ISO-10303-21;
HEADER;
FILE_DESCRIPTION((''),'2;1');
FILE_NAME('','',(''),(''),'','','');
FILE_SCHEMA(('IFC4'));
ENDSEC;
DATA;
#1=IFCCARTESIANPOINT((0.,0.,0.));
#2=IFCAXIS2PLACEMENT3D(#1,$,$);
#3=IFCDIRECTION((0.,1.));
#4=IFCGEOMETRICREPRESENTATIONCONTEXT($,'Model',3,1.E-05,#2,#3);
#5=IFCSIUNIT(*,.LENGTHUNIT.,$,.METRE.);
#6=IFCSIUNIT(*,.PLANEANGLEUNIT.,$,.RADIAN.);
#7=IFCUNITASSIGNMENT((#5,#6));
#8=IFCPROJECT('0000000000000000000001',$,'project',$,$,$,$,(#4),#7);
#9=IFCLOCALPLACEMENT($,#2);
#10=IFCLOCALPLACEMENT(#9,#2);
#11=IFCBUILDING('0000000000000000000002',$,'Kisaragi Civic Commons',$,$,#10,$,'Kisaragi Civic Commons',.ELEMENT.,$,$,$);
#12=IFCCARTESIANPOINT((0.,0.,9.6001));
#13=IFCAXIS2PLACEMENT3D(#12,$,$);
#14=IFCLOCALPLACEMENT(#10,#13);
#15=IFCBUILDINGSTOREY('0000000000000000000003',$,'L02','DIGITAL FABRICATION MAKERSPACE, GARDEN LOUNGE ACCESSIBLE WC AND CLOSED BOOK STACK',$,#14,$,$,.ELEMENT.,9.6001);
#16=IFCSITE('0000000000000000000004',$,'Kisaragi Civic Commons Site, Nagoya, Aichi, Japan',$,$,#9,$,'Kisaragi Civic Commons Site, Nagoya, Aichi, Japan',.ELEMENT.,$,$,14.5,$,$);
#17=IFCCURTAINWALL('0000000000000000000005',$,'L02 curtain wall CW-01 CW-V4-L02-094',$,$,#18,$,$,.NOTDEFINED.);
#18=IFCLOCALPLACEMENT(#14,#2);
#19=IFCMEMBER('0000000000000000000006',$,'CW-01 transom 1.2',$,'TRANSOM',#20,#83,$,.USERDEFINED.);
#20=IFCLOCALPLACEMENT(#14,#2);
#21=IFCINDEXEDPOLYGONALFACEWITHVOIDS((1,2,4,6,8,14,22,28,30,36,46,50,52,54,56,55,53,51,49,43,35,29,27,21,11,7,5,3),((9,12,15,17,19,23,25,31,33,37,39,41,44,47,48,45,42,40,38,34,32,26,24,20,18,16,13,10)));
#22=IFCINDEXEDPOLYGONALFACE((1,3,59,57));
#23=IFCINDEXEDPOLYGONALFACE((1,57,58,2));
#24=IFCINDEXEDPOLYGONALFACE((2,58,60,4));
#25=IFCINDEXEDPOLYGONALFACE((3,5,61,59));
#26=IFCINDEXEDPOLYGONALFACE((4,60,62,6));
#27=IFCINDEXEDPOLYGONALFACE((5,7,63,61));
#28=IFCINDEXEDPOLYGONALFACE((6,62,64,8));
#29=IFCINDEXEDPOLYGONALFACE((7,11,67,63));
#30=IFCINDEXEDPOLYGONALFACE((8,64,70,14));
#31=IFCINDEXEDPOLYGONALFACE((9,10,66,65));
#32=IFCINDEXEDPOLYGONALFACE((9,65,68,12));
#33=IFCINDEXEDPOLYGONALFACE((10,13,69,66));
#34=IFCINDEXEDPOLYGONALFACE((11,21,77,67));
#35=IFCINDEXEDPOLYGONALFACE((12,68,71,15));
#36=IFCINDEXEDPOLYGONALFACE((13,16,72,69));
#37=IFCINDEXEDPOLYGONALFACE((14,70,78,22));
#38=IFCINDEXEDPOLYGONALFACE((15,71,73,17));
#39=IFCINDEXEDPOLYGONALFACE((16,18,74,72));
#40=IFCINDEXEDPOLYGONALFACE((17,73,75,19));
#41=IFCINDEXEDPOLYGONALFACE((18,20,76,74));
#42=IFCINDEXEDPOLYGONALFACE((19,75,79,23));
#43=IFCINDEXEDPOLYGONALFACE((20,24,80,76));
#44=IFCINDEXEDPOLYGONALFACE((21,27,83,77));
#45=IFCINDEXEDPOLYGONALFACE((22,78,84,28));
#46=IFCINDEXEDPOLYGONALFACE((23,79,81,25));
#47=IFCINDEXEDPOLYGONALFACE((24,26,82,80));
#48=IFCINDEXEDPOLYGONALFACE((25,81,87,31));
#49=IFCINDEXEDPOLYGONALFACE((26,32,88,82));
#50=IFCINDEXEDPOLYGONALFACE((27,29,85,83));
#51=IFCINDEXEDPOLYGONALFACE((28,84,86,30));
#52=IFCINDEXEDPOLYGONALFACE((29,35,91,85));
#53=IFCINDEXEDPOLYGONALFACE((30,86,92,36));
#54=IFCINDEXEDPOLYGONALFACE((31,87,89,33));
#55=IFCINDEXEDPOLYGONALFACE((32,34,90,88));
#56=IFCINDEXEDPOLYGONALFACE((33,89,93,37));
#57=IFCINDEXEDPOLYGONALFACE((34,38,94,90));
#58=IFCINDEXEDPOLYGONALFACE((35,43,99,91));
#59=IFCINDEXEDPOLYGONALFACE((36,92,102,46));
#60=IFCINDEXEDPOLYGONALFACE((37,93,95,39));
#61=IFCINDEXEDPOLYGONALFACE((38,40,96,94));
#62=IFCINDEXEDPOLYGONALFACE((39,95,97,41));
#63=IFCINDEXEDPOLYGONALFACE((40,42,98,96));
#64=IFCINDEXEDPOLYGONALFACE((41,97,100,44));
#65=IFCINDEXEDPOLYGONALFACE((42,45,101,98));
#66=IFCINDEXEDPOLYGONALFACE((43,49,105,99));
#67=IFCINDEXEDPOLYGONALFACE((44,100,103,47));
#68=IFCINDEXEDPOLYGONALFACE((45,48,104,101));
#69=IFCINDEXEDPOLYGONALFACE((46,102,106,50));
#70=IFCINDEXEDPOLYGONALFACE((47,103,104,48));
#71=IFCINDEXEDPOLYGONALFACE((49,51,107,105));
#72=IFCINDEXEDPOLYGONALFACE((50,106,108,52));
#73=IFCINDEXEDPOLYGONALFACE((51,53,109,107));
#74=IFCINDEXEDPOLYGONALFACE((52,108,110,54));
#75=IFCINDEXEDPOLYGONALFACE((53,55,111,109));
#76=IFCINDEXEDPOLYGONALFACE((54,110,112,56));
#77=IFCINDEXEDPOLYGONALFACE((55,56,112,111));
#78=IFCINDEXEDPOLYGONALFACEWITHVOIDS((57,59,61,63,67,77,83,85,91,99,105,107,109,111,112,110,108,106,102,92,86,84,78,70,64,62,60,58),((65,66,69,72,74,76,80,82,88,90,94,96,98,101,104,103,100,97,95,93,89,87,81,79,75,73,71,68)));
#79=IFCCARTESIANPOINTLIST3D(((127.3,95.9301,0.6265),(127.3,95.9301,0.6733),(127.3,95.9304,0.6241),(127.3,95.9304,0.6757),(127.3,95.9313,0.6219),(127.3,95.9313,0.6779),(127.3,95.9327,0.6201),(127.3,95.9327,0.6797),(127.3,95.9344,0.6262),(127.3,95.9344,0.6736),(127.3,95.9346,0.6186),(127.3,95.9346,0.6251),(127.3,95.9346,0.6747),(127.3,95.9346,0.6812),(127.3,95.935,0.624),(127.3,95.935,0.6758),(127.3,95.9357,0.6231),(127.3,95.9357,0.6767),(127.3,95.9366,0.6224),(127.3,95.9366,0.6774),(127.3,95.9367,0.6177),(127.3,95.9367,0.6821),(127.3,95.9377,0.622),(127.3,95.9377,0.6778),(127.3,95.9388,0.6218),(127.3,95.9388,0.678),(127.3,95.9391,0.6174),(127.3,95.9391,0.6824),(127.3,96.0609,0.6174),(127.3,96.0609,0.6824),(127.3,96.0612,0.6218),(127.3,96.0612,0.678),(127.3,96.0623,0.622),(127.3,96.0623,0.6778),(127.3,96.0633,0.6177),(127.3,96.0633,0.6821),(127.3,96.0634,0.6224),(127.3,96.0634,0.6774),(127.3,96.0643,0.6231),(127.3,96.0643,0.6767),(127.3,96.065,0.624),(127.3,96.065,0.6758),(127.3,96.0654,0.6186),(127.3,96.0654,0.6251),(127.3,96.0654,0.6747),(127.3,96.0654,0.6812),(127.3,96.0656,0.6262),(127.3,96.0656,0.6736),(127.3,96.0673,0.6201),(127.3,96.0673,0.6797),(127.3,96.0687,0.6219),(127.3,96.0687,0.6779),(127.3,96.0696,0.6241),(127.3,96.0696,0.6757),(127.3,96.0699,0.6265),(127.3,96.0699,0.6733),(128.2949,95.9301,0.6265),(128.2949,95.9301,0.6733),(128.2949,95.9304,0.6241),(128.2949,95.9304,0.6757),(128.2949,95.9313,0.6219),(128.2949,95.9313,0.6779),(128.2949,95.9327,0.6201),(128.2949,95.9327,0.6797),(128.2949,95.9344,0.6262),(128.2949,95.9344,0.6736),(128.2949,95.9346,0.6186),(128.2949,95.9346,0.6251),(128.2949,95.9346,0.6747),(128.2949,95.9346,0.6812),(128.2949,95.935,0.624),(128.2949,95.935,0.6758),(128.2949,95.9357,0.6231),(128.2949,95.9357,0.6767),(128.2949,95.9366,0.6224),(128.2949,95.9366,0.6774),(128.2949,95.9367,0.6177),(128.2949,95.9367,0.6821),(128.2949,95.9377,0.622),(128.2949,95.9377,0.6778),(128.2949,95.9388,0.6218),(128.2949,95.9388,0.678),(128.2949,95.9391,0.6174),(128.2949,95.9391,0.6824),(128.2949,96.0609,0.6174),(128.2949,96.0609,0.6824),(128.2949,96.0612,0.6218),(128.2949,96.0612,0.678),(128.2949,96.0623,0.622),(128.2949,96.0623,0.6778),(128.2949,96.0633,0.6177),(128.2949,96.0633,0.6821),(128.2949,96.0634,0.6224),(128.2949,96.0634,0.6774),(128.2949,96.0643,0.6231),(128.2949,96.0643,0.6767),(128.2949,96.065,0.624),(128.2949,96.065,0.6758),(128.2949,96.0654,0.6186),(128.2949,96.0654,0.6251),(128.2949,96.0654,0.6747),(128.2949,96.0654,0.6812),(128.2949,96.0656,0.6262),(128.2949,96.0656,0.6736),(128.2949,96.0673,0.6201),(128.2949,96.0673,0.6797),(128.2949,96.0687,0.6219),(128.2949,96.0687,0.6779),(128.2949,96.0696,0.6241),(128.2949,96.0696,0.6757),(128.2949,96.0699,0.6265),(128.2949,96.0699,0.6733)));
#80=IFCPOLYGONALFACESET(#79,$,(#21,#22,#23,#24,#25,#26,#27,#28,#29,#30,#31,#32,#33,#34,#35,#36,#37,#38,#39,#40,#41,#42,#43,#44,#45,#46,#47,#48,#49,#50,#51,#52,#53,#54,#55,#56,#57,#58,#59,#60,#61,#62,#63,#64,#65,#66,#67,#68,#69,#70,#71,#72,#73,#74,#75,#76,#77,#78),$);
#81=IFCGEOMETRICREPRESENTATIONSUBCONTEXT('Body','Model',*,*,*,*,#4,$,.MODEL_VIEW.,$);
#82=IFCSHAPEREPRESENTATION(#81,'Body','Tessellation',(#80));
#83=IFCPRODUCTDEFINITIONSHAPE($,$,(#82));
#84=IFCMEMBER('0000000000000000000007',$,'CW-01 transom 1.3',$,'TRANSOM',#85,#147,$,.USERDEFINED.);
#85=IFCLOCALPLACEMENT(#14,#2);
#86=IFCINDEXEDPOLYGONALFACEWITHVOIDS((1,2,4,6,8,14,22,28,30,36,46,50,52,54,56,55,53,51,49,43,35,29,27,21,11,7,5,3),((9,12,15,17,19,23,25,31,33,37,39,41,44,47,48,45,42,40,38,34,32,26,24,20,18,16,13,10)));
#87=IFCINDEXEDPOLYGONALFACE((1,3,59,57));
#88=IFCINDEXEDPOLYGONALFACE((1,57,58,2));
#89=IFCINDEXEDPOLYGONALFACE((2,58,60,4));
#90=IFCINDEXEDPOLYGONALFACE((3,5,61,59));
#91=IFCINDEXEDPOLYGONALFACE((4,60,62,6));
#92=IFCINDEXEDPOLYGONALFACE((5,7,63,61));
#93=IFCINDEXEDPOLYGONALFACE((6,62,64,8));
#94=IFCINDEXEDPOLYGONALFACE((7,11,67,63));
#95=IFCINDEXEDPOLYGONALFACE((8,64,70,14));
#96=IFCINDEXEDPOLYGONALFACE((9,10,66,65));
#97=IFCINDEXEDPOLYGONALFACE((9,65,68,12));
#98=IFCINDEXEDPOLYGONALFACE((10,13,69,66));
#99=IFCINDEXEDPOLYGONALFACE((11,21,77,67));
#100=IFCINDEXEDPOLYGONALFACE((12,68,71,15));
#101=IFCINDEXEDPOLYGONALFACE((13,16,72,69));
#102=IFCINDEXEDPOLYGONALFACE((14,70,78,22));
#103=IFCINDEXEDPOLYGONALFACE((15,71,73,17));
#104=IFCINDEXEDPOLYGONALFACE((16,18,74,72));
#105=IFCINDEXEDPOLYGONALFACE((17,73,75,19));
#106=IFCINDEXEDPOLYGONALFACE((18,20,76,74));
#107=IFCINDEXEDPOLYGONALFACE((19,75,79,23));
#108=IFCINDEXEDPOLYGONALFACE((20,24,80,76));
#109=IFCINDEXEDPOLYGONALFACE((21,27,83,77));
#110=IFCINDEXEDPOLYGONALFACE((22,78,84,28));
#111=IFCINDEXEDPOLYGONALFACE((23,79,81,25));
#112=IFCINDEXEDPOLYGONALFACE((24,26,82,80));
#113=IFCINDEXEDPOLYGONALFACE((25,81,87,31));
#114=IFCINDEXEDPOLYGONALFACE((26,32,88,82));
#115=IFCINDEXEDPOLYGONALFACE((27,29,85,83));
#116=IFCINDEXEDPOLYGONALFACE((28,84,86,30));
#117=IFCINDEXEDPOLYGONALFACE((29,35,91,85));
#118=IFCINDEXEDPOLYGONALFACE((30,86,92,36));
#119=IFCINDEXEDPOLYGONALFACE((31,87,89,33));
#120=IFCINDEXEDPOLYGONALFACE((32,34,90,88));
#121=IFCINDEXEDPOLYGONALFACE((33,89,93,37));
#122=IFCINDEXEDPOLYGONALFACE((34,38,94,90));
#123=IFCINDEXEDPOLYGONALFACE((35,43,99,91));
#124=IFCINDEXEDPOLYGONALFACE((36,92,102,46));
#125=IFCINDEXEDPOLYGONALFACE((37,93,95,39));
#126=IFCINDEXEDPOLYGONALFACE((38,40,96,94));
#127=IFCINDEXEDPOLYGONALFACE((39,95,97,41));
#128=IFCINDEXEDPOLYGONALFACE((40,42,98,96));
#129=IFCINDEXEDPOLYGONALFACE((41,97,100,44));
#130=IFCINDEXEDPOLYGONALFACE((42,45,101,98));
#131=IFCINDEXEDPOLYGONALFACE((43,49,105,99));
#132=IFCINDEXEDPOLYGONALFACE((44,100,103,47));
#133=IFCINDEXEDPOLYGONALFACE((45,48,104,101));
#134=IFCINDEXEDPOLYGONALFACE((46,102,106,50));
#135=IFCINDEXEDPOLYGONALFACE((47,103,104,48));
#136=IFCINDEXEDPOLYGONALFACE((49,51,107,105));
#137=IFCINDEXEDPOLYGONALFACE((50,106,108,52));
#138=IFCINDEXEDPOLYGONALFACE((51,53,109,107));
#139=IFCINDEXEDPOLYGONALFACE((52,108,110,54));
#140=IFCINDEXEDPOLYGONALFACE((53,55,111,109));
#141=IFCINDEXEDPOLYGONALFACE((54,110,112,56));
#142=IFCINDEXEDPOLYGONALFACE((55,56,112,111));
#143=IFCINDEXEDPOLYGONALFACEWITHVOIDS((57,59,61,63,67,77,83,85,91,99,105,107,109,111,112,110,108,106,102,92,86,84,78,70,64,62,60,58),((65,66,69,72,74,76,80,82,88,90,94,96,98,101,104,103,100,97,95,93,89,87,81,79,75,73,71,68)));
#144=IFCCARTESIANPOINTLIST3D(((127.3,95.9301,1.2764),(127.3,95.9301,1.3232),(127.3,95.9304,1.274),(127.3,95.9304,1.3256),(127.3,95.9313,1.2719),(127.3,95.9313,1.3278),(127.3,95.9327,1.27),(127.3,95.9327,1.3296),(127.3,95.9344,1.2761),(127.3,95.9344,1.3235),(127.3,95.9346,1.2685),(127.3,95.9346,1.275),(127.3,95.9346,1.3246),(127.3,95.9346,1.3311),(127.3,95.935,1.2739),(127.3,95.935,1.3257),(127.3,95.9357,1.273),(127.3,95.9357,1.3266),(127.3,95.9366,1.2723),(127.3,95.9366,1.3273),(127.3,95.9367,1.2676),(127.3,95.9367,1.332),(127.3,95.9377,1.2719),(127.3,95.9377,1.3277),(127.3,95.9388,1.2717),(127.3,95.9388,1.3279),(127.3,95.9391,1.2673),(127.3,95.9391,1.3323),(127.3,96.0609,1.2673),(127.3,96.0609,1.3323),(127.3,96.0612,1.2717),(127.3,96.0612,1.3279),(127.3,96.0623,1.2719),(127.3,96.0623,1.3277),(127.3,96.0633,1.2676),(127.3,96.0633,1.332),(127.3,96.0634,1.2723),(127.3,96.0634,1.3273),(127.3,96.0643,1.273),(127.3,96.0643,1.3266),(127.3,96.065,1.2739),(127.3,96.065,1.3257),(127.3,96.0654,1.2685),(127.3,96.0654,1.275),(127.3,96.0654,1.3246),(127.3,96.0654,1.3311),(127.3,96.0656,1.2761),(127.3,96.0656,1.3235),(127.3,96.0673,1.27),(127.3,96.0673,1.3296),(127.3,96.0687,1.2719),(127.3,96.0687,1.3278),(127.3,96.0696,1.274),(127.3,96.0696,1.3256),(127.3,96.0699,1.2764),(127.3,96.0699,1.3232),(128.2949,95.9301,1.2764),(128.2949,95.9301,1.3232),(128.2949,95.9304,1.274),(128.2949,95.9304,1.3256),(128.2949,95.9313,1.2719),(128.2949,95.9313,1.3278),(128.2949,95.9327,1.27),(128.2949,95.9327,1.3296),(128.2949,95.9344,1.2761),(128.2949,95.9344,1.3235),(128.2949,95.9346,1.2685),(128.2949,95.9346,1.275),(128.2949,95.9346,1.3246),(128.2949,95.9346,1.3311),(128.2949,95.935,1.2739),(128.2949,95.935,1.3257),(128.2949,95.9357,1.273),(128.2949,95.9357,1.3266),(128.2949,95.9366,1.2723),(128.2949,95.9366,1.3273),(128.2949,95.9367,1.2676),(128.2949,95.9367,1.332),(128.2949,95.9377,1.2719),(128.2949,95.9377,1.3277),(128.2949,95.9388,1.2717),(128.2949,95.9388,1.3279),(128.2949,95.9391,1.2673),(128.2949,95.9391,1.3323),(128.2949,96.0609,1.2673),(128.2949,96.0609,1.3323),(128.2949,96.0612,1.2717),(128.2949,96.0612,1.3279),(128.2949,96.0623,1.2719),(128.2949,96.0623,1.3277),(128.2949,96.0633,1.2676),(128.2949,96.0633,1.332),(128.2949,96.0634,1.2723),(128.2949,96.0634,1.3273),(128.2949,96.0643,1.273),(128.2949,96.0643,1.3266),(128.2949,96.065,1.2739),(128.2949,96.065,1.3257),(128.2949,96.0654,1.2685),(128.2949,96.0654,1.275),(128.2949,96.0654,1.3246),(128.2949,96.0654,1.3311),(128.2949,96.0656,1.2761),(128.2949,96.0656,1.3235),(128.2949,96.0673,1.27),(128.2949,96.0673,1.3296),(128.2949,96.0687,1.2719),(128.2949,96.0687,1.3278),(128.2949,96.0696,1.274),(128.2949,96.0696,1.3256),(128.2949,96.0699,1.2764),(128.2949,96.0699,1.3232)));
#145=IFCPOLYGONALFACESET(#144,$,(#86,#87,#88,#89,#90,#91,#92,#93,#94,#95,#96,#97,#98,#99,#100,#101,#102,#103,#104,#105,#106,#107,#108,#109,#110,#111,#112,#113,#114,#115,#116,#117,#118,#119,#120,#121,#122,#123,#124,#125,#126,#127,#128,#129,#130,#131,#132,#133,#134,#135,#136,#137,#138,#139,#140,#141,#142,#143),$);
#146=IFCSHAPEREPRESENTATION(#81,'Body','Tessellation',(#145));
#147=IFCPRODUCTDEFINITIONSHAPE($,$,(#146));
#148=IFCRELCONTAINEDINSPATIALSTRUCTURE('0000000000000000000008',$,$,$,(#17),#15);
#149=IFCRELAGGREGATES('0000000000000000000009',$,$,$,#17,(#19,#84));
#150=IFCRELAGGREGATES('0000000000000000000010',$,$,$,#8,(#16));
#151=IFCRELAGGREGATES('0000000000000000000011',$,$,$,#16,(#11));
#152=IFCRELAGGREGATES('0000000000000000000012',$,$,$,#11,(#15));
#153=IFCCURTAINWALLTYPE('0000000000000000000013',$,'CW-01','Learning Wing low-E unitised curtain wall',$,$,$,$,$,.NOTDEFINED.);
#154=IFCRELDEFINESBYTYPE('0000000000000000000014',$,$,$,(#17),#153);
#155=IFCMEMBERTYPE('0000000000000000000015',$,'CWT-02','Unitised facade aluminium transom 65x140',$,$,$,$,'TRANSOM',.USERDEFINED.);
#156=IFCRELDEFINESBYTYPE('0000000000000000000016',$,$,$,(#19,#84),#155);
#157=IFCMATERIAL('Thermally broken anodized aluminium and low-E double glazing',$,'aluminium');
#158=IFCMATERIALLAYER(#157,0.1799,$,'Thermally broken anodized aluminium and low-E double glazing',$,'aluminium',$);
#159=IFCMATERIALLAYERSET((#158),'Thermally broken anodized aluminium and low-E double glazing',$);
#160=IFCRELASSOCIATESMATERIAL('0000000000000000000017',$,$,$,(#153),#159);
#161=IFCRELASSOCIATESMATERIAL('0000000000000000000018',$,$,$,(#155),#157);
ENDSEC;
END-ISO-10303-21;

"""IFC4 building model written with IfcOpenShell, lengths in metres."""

from ifc_helpers import new_model, si_unit, direction, frame, origin, origin_2d, place, context, subcontext, project, spatial, hollow_rectangle, extrude, material, layer, layer_set, material_profile, profile_set, type_object, element, aggregate, save


model = new_model("IFC4")

# Units and contexts
model_context = context("Model", 3, precision=1e-05, world=origin(), true_north=direction((0.0, 1.0)))
body_context = subcontext(model_context, "Body", "Model", "MODEL_VIEW")
ifc_project = project(units=[si_unit("LENGTHUNIT", "METRE"), si_unit("PLANEANGLEUNIT", "RADIAN")], contexts=[model_context])

# Site, building, storey
site_placement = place(None, origin())
site = spatial("IfcSite", under=ifc_project, at=site_placement, Name="Kisaragi Civic Commons Site, Nagoya, Aichi, Japan", LongName="Kisaragi Civic Commons Site, Nagoya, Aichi, Japan", CompositionType="ELEMENT", RefElevation=14.5)
building_placement = place(site_placement, origin())
building = spatial("IfcBuilding", under=site, at=building_placement, Name="Kisaragi Civic Commons", LongName="Kisaragi Civic Commons", CompositionType="ELEMENT")
storey_placement = place(building_placement, frame((0.0, 0.0, 9.6001)))
storey = spatial("IfcBuildingStorey", under=building, at=storey_placement, Name="L02", Description="DIGITAL FABRICATION MAKERSPACE, GARDEN LOUNGE ACCESSIBLE WC AND CLOSED BOOK STACK", CompositionType="ELEMENT", Elevation=9.6001)

# Curtain wall
ifc_material = material(Name="Thermally broken anodized aluminium and low-E double glazing", Category="aluminium")
ifc_layer_1 = layer(ifc_material, 0.1799, Name="Thermally broken anodized aluminium and low-E double glazing", Category="aluminium")
ifc_layer_set_1 = layer_set([ifc_layer_1], Name="Thermally broken anodized aluminium and low-E double glazing")
curtain_wall_type = type_object("IfcCurtainWallType", Name="CW-01", Description="Learning Wing low-E unitised curtain wall", PredefinedType="NOTDEFINED", material=ifc_layer_set_1)
curtain_wall_1_placement = place(storey_placement, origin())
curtain_wall_1 = element("IfcCurtainWall", 1, at=curtain_wall_1_placement, inside=storey, type_object=curtain_wall_type, Name="L02 curtain wall CW-01 CW-V4-L02-094", PredefinedType="NOTDEFINED")

# Members
ifc_material_profile_1 = material_profile(ifc_material, hollow_rectangle(XDim=0.1399, YDim=0.0649, WallThickness=0.0044, InnerFilletRadius=0.0044, OuterFilletRadius=0.009, at=origin_2d()), Name="CWT-65x140x4.5", Category="aluminium")
ifc_profile_set_1 = profile_set([ifc_material_profile_1], Name="Thermally broken anodized aluminium and low-E double glazing")
member_type_1 = type_object("IfcMemberType", Name="CWT-02", Description="Unitised facade aluminium transom 65x140", ElementType="TRANSOM", PredefinedType="USERDEFINED", material=ifc_profile_set_1)
member_1_placement = place(storey_placement, frame((128.2949, 96.0, 0.6499), z_axis=(-1.0, 0.0, 0.0), x_axis=(0.0, -1.0, 0.0)))
member_1 = element("IfcMember", 2, at=member_1_placement, type_object=member_type_1, Name="CW-01 transom 1.2", ObjectType="TRANSOM", PredefinedType="USERDEFINED", context=body_context, shape_type="SweptSolid", body=[
    extrude(hollow_rectangle(XDim=0.1399, YDim=0.0649, WallThickness=0.0044, InnerFilletRadius=0.0044, OuterFilletRadius=0.009, at=origin_2d()), origin(), (0.0, 0.0, 1.0), 0.9949),
])
member_2_placement = place(storey_placement, frame((128.2949, 96.0, 1.2998), z_axis=(-1.0, 0.0, 0.0), x_axis=(0.0, -1.0, 0.0)))
member_2 = element("IfcMember", 3, at=member_2_placement, type_object=member_type_1, Name="CW-01 transom 1.3", ObjectType="TRANSOM", PredefinedType="USERDEFINED", context=body_context, shape_type="SweptSolid", body=[
    extrude(hollow_rectangle(XDim=0.1399, YDim=0.0649, WallThickness=0.0044, InnerFilletRadius=0.0044, OuterFilletRadius=0.009, at=origin_2d()), origin(), (0.0, 0.0, 1.0), 0.9949),
])

aggregate(curtain_wall_1, [member_1, member_2])

save(model, "model.ifc")
